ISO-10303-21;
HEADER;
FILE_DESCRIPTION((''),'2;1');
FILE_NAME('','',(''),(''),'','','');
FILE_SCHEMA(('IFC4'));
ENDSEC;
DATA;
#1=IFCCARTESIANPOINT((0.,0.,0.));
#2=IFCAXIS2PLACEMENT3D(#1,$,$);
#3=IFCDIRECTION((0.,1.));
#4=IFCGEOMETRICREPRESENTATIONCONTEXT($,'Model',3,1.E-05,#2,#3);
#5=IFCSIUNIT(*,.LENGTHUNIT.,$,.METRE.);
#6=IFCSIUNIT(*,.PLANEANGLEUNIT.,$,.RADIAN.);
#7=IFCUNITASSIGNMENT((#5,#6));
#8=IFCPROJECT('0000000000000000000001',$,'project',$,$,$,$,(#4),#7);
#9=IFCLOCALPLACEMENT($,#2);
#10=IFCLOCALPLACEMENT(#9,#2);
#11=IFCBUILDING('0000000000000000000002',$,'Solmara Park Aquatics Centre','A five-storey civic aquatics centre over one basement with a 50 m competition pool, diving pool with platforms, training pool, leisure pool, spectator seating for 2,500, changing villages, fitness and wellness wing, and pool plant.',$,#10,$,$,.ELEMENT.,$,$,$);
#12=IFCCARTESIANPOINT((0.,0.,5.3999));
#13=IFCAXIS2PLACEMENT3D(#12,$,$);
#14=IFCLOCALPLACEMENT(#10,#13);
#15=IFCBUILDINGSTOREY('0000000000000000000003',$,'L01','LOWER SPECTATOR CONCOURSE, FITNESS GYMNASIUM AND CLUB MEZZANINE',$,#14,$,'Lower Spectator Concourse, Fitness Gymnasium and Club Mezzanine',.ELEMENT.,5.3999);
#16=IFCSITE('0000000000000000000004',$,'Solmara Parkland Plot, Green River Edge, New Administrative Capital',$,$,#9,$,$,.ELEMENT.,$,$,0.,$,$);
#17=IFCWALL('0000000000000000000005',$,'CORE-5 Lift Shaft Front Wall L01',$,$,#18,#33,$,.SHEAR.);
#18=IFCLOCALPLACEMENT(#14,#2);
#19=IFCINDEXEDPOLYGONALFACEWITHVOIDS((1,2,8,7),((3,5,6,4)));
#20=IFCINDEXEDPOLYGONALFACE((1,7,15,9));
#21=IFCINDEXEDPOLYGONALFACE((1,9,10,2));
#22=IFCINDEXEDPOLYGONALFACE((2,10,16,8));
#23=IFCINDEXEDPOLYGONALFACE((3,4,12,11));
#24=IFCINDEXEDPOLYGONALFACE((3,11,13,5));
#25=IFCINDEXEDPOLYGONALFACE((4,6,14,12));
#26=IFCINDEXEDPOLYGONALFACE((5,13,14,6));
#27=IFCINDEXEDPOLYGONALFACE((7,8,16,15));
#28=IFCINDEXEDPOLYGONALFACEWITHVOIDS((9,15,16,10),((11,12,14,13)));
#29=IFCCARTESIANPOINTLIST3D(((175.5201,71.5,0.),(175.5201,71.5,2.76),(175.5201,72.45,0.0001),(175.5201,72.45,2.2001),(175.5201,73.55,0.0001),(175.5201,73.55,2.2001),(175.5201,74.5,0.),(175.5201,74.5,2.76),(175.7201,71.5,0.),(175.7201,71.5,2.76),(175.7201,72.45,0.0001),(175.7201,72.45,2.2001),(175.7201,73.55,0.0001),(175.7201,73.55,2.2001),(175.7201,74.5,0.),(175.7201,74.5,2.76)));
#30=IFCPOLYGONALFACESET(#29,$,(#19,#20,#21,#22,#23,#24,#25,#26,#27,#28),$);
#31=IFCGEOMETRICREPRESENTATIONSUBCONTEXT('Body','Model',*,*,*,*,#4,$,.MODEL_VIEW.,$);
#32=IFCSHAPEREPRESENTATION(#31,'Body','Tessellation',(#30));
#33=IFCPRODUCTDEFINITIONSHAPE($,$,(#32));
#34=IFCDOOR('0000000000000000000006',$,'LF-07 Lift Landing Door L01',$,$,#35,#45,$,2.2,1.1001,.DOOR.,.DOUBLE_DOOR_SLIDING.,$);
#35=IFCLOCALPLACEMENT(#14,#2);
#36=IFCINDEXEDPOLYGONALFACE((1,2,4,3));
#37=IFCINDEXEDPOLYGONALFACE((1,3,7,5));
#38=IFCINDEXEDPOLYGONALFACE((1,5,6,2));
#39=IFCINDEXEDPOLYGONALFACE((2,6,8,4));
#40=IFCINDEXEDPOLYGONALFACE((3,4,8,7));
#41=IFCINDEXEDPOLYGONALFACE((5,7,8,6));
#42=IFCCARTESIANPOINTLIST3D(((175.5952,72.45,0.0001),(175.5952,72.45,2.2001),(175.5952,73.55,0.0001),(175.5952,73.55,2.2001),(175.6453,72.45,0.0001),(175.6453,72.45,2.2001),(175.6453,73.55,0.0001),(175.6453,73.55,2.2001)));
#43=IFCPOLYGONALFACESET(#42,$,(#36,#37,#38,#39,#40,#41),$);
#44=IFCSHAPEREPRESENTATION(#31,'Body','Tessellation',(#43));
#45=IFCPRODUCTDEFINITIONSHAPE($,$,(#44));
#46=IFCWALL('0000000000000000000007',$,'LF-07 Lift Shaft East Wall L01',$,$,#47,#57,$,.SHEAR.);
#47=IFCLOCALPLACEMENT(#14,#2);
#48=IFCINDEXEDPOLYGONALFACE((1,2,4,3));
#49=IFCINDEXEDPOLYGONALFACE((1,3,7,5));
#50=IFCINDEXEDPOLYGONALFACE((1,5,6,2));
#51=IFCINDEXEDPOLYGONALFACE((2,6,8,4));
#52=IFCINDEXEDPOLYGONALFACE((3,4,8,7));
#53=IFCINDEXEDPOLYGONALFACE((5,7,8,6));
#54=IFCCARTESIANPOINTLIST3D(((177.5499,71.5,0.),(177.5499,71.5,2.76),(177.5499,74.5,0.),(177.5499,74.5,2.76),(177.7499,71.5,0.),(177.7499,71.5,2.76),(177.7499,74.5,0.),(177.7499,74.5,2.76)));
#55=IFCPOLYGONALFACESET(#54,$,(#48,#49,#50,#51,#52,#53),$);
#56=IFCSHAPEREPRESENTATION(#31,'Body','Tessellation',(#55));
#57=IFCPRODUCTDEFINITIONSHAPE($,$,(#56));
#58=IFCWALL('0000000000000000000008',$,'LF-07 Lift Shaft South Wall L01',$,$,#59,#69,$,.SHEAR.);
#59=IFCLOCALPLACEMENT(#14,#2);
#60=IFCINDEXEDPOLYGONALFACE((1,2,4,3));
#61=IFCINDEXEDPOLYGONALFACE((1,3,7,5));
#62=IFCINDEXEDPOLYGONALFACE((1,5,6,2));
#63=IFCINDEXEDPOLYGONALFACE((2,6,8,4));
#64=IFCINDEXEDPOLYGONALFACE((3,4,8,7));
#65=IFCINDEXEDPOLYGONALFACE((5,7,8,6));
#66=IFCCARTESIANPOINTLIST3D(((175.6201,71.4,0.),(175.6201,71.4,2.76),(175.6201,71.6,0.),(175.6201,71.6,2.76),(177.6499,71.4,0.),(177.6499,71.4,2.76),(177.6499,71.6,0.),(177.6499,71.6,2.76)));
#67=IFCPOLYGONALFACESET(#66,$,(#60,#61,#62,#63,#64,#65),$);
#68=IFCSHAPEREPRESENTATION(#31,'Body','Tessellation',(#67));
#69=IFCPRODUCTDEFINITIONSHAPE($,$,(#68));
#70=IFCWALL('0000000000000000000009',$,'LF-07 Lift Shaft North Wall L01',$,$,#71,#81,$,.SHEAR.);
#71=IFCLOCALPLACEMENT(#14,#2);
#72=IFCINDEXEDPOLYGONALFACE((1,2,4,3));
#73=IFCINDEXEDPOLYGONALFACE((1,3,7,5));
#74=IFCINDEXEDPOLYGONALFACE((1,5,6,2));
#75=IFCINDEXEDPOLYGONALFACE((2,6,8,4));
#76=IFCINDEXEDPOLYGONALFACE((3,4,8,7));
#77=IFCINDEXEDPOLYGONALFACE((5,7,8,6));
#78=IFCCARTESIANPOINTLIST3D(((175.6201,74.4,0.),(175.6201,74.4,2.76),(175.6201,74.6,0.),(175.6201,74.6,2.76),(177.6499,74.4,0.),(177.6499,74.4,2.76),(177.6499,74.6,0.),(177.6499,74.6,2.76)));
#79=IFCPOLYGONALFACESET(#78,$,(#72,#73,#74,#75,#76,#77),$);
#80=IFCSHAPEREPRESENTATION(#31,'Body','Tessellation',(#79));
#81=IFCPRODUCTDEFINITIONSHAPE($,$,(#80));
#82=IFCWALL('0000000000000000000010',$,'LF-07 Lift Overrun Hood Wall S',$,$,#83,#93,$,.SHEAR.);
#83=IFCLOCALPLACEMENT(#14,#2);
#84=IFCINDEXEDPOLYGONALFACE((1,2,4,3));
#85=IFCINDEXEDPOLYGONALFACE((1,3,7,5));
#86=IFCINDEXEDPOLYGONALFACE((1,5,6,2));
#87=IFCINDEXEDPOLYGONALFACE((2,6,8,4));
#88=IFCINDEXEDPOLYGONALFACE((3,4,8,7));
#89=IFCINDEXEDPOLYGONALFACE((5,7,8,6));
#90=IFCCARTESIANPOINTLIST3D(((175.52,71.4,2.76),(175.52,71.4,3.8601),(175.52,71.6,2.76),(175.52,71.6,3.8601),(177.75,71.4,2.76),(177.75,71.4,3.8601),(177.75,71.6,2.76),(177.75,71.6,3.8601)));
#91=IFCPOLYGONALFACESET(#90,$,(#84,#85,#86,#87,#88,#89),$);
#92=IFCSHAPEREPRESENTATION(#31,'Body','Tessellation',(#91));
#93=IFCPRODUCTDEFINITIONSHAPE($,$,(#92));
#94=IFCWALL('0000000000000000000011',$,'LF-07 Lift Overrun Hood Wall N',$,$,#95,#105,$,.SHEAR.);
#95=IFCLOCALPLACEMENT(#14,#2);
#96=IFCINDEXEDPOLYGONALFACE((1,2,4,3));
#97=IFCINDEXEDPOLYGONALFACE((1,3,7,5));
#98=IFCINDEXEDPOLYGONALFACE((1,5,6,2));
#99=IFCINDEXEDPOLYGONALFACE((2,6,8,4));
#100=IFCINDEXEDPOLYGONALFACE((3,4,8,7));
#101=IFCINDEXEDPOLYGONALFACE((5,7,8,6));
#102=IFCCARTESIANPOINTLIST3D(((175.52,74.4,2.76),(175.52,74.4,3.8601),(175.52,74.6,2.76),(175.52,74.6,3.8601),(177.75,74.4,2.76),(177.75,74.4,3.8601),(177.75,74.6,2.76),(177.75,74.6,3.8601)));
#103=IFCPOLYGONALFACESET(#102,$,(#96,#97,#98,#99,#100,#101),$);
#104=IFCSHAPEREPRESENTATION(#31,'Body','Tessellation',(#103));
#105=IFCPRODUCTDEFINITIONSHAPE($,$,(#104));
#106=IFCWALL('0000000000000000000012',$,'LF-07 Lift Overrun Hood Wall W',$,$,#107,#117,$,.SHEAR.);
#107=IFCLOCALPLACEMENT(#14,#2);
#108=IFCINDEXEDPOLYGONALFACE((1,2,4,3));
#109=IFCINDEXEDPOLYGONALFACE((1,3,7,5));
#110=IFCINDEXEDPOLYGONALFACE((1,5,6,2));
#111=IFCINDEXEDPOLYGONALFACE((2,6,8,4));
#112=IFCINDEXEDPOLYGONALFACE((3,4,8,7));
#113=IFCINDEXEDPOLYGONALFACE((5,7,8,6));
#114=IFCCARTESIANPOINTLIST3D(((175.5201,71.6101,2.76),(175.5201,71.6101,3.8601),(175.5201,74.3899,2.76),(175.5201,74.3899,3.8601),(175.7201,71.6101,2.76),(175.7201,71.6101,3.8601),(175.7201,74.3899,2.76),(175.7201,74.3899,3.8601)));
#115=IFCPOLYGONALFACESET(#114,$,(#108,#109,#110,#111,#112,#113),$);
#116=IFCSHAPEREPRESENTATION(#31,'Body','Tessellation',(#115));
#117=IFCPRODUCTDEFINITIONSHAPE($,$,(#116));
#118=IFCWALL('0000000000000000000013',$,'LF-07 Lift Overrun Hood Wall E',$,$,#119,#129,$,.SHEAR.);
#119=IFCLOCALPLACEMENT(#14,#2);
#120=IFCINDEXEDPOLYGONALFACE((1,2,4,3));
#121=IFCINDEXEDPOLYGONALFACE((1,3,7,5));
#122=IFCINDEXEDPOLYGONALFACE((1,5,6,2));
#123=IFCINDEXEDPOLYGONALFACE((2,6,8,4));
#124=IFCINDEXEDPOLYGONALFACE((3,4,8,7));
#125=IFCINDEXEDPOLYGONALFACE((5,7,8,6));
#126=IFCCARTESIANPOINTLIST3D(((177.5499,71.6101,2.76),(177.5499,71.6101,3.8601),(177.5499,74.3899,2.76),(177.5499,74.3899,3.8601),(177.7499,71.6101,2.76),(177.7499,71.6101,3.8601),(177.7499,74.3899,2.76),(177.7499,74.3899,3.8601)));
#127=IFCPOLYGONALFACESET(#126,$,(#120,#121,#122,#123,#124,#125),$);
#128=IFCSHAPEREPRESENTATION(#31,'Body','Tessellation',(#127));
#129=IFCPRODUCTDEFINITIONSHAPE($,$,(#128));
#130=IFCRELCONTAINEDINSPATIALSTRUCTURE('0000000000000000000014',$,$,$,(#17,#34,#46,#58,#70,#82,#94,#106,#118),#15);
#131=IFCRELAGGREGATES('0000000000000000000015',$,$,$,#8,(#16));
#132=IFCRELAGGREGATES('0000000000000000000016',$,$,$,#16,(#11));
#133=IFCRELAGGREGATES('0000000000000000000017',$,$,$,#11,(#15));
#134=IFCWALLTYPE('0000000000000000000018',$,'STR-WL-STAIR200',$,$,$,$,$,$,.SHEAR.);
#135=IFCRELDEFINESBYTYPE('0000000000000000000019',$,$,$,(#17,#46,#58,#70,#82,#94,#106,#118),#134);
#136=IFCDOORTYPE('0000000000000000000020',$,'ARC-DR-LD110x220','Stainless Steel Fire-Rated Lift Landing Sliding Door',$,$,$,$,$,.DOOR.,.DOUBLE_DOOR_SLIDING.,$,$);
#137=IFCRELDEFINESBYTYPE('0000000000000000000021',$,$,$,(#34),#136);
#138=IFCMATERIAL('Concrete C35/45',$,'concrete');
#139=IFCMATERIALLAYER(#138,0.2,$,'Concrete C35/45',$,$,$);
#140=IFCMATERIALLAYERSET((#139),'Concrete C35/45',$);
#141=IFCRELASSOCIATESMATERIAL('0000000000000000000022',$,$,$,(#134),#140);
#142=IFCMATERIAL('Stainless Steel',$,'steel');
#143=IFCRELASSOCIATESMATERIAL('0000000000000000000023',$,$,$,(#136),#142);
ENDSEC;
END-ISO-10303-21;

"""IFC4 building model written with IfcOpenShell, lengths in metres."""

from ifc_helpers import new_model, si_unit, direction, frame, frame_2d, origin, place, context, subcontext, project, spatial, rectangle, extrude, material, layer, layer_set, type_object, element, fill, save


model = new_model("IFC4")

# Units and contexts
model_context = context("Model", 3, precision=1e-05, world=origin(), true_north=direction((0.0, 1.0)))
body_context = subcontext(model_context, "Body", "Model", "MODEL_VIEW")
ifc_project = project(units=[si_unit("LENGTHUNIT", "METRE"), si_unit("PLANEANGLEUNIT", "RADIAN")], contexts=[model_context])

# Site, building, storey
site_placement = place(None, origin())
site = spatial("IfcSite", under=ifc_project, at=site_placement, Name="Solmara Parkland Plot, Green River Edge, New Administrative Capital", CompositionType="ELEMENT", RefElevation=0.0)
building_placement = place(site_placement, origin())
building = spatial("IfcBuilding", under=site, at=building_placement, Name="Solmara Park Aquatics Centre", Description="A five-storey civic aquatics centre over one basement with a 50 m competition pool, diving pool with platforms, training pool, leisure pool, spectator seating for 2,500, changing villages, fitness and wellness wing, and pool plant.", CompositionType="ELEMENT")
storey_placement = place(building_placement, frame((0.0, 0.0, 5.3999)))
storey = spatial("IfcBuildingStorey", under=building, at=storey_placement, Name="L01", Description="LOWER SPECTATOR CONCOURSE, FITNESS GYMNASIUM AND CLUB MEZZANINE", LongName="Lower Spectator Concourse, Fitness Gymnasium and Club Mezzanine", CompositionType="ELEMENT", Elevation=5.3999)

# Wall, opening, door
ifc_material_1 = material(Name="Concrete C35/45", Category="concrete")
ifc_layer_1 = layer(ifc_material_1, 0.2, Name="Concrete C35/45")
ifc_layer_set_1 = layer_set([ifc_layer_1], Name="Concrete C35/45")
wall_type_1 = type_object("IfcWallType", Name="STR-WL-STAIR200", PredefinedType="SHEAR", material=ifc_layer_set_1)
wall_1_placement = place(storey_placement, frame((175.6201, 71.5, 0.0), z_axis=(0.0, 0.0, 1.0), x_axis=(0.0, 1.0, 0.0)))
wall_1 = element("IfcWall", 1, at=wall_1_placement, inside=storey, type_object=wall_type_1, Name="CORE-5 Lift Shaft Front Wall L01", PredefinedType="SHEAR", context=body_context, shape_type="SweptSolid", body=[
    extrude(rectangle(XDim=3.0, YDim=0.2, at=frame_2d((1.5, 0.0))), origin(), (0.0, 0.0, 1.0), 2.76),
])
opening_1_placement = place(wall_1_placement, frame((0.95, 0.0, 0.0)))
opening_1 = element("IfcOpeningElement", 2, at=opening_1_placement, cuts=wall_1, PredefinedType="OPENING", context=body_context, shape_type="SweptSolid", body=[
    extrude(rectangle(XDim=1.1001, YDim=2.2, at=frame_2d((0.55, 1.1001))), frame((0.0, 0.1099, 0.0), z_axis=(0.0, -1.0, 0.0), x_axis=(1.0, 0.0, 0.0)), (0.0, 0.0, 1.0), 0.22),
])
ifc_material_2 = material(Name="Stainless Steel", Category="steel")
door_type_1 = type_object("IfcDoorType", Name="ARC-DR-LD110x220", Description="Stainless Steel Fire-Rated Lift Landing Sliding Door", OperationType="DOUBLE_DOOR_SLIDING", PredefinedType="DOOR", material=ifc_material_2)
door_1_placement = place(opening_1_placement, origin())
door_1 = element("IfcDoor", 3, at=door_1_placement, inside=storey, type_object=door_type_1, Name="LF-07 Lift Landing Door L01", OperationType="DOUBLE_DOOR_SLIDING", OverallHeight=2.2, OverallWidth=1.1001, PredefinedType="DOOR", context=body_context, shape_type="SweptSolid", body=[
    extrude(rectangle(XDim=1.1001, YDim=2.2, at=frame_2d((0.55, 1.1001))), frame((0.0, 0.0249, 0.0), z_axis=(0.0, -1.0, 0.0), x_axis=(1.0, 0.0, 0.0)), (0.0, 0.0, 1.0), 0.05),
])
fill(opening_1, door_1)

# Walls
wall_2_placement = place(storey_placement, frame((177.6499, 71.5, 0.0), z_axis=(0.0, 0.0, 1.0), x_axis=(0.0, 1.0, 0.0)))
element("IfcWall", 4, at=wall_2_placement, inside=storey, type_object=wall_type_1, Name="LF-07 Lift Shaft East Wall L01", PredefinedType="SHEAR", context=body_context, shape_type="SweptSolid", body=[
    extrude(rectangle(XDim=3.0, YDim=0.2, at=frame_2d((1.5, 0.0))), origin(), (0.0, 0.0, 1.0), 2.76),
])
for number, where, z_axis, x_axis, name in (
    (5, (175.6201, 71.5, 0.0), (0.0, 0.0, 1.0), (1.0, 0.0, 0.0), "LF-07 Lift Shaft South Wall L01"),
    (6, (175.6201, 74.5, 0.0), (0.0, 0.0, 1.0), (1.0, 0.0, 0.0), "LF-07 Lift Shaft North Wall L01"),
):
    element("IfcWall", number, at=place(storey_placement, frame(where, z_axis=z_axis, x_axis=x_axis)), inside=storey, type_object=wall_type_1, Name=name, PredefinedType="SHEAR", context=body_context, shape_type="SweptSolid", body=[
        extrude(rectangle(XDim=2.0298, YDim=0.2, at=frame_2d((1.0149, 0.0))), origin(), (0.0, 0.0, 1.0), 2.76),
    ])
for number, where, z_axis, x_axis, name in (
    (7, (175.52, 71.5, 2.76), (0.0, 0.0, 1.0), (1.0, 0.0, 0.0), "LF-07 Lift Overrun Hood Wall S"),
    (8, (175.52, 74.5, 2.76), (0.0, 0.0, 1.0), (1.0, 0.0, 0.0), "LF-07 Lift Overrun Hood Wall N"),
):
    element("IfcWall", number, at=place(storey_placement, frame(where, z_axis=z_axis, x_axis=x_axis)), inside=storey, type_object=wall_type_1, Name=name, PredefinedType="SHEAR", context=body_context, shape_type="SweptSolid", body=[
        extrude(rectangle(XDim=2.23, YDim=0.2, at=frame_2d((1.115, 0.0))), origin(), (0.0, 0.0, 1.0), 1.1001),
    ])
for number, where, z_axis, x_axis, name in (
    (9, (175.6201, 71.6101, 2.76), (0.0, 0.0, 1.0), (0.0, 1.0, 0.0), "LF-07 Lift Overrun Hood Wall W"),
    (10, (177.6499, 71.6101, 2.76), (0.0, 0.0, 1.0), (0.0, 1.0, 0.0), "LF-07 Lift Overrun Hood Wall E"),
):
    element("IfcWall", number, at=place(storey_placement, frame(where, z_axis=z_axis, x_axis=x_axis)), inside=storey, type_object=wall_type_1, Name=name, PredefinedType="SHEAR", context=body_context, shape_type="SweptSolid", body=[
        extrude(rectangle(XDim=2.7798, YDim=0.2, at=frame_2d((1.3899, 0.0))), origin(), (0.0, 0.0, 1.0), 1.1001),
    ])

save(model, "model.ifc")
